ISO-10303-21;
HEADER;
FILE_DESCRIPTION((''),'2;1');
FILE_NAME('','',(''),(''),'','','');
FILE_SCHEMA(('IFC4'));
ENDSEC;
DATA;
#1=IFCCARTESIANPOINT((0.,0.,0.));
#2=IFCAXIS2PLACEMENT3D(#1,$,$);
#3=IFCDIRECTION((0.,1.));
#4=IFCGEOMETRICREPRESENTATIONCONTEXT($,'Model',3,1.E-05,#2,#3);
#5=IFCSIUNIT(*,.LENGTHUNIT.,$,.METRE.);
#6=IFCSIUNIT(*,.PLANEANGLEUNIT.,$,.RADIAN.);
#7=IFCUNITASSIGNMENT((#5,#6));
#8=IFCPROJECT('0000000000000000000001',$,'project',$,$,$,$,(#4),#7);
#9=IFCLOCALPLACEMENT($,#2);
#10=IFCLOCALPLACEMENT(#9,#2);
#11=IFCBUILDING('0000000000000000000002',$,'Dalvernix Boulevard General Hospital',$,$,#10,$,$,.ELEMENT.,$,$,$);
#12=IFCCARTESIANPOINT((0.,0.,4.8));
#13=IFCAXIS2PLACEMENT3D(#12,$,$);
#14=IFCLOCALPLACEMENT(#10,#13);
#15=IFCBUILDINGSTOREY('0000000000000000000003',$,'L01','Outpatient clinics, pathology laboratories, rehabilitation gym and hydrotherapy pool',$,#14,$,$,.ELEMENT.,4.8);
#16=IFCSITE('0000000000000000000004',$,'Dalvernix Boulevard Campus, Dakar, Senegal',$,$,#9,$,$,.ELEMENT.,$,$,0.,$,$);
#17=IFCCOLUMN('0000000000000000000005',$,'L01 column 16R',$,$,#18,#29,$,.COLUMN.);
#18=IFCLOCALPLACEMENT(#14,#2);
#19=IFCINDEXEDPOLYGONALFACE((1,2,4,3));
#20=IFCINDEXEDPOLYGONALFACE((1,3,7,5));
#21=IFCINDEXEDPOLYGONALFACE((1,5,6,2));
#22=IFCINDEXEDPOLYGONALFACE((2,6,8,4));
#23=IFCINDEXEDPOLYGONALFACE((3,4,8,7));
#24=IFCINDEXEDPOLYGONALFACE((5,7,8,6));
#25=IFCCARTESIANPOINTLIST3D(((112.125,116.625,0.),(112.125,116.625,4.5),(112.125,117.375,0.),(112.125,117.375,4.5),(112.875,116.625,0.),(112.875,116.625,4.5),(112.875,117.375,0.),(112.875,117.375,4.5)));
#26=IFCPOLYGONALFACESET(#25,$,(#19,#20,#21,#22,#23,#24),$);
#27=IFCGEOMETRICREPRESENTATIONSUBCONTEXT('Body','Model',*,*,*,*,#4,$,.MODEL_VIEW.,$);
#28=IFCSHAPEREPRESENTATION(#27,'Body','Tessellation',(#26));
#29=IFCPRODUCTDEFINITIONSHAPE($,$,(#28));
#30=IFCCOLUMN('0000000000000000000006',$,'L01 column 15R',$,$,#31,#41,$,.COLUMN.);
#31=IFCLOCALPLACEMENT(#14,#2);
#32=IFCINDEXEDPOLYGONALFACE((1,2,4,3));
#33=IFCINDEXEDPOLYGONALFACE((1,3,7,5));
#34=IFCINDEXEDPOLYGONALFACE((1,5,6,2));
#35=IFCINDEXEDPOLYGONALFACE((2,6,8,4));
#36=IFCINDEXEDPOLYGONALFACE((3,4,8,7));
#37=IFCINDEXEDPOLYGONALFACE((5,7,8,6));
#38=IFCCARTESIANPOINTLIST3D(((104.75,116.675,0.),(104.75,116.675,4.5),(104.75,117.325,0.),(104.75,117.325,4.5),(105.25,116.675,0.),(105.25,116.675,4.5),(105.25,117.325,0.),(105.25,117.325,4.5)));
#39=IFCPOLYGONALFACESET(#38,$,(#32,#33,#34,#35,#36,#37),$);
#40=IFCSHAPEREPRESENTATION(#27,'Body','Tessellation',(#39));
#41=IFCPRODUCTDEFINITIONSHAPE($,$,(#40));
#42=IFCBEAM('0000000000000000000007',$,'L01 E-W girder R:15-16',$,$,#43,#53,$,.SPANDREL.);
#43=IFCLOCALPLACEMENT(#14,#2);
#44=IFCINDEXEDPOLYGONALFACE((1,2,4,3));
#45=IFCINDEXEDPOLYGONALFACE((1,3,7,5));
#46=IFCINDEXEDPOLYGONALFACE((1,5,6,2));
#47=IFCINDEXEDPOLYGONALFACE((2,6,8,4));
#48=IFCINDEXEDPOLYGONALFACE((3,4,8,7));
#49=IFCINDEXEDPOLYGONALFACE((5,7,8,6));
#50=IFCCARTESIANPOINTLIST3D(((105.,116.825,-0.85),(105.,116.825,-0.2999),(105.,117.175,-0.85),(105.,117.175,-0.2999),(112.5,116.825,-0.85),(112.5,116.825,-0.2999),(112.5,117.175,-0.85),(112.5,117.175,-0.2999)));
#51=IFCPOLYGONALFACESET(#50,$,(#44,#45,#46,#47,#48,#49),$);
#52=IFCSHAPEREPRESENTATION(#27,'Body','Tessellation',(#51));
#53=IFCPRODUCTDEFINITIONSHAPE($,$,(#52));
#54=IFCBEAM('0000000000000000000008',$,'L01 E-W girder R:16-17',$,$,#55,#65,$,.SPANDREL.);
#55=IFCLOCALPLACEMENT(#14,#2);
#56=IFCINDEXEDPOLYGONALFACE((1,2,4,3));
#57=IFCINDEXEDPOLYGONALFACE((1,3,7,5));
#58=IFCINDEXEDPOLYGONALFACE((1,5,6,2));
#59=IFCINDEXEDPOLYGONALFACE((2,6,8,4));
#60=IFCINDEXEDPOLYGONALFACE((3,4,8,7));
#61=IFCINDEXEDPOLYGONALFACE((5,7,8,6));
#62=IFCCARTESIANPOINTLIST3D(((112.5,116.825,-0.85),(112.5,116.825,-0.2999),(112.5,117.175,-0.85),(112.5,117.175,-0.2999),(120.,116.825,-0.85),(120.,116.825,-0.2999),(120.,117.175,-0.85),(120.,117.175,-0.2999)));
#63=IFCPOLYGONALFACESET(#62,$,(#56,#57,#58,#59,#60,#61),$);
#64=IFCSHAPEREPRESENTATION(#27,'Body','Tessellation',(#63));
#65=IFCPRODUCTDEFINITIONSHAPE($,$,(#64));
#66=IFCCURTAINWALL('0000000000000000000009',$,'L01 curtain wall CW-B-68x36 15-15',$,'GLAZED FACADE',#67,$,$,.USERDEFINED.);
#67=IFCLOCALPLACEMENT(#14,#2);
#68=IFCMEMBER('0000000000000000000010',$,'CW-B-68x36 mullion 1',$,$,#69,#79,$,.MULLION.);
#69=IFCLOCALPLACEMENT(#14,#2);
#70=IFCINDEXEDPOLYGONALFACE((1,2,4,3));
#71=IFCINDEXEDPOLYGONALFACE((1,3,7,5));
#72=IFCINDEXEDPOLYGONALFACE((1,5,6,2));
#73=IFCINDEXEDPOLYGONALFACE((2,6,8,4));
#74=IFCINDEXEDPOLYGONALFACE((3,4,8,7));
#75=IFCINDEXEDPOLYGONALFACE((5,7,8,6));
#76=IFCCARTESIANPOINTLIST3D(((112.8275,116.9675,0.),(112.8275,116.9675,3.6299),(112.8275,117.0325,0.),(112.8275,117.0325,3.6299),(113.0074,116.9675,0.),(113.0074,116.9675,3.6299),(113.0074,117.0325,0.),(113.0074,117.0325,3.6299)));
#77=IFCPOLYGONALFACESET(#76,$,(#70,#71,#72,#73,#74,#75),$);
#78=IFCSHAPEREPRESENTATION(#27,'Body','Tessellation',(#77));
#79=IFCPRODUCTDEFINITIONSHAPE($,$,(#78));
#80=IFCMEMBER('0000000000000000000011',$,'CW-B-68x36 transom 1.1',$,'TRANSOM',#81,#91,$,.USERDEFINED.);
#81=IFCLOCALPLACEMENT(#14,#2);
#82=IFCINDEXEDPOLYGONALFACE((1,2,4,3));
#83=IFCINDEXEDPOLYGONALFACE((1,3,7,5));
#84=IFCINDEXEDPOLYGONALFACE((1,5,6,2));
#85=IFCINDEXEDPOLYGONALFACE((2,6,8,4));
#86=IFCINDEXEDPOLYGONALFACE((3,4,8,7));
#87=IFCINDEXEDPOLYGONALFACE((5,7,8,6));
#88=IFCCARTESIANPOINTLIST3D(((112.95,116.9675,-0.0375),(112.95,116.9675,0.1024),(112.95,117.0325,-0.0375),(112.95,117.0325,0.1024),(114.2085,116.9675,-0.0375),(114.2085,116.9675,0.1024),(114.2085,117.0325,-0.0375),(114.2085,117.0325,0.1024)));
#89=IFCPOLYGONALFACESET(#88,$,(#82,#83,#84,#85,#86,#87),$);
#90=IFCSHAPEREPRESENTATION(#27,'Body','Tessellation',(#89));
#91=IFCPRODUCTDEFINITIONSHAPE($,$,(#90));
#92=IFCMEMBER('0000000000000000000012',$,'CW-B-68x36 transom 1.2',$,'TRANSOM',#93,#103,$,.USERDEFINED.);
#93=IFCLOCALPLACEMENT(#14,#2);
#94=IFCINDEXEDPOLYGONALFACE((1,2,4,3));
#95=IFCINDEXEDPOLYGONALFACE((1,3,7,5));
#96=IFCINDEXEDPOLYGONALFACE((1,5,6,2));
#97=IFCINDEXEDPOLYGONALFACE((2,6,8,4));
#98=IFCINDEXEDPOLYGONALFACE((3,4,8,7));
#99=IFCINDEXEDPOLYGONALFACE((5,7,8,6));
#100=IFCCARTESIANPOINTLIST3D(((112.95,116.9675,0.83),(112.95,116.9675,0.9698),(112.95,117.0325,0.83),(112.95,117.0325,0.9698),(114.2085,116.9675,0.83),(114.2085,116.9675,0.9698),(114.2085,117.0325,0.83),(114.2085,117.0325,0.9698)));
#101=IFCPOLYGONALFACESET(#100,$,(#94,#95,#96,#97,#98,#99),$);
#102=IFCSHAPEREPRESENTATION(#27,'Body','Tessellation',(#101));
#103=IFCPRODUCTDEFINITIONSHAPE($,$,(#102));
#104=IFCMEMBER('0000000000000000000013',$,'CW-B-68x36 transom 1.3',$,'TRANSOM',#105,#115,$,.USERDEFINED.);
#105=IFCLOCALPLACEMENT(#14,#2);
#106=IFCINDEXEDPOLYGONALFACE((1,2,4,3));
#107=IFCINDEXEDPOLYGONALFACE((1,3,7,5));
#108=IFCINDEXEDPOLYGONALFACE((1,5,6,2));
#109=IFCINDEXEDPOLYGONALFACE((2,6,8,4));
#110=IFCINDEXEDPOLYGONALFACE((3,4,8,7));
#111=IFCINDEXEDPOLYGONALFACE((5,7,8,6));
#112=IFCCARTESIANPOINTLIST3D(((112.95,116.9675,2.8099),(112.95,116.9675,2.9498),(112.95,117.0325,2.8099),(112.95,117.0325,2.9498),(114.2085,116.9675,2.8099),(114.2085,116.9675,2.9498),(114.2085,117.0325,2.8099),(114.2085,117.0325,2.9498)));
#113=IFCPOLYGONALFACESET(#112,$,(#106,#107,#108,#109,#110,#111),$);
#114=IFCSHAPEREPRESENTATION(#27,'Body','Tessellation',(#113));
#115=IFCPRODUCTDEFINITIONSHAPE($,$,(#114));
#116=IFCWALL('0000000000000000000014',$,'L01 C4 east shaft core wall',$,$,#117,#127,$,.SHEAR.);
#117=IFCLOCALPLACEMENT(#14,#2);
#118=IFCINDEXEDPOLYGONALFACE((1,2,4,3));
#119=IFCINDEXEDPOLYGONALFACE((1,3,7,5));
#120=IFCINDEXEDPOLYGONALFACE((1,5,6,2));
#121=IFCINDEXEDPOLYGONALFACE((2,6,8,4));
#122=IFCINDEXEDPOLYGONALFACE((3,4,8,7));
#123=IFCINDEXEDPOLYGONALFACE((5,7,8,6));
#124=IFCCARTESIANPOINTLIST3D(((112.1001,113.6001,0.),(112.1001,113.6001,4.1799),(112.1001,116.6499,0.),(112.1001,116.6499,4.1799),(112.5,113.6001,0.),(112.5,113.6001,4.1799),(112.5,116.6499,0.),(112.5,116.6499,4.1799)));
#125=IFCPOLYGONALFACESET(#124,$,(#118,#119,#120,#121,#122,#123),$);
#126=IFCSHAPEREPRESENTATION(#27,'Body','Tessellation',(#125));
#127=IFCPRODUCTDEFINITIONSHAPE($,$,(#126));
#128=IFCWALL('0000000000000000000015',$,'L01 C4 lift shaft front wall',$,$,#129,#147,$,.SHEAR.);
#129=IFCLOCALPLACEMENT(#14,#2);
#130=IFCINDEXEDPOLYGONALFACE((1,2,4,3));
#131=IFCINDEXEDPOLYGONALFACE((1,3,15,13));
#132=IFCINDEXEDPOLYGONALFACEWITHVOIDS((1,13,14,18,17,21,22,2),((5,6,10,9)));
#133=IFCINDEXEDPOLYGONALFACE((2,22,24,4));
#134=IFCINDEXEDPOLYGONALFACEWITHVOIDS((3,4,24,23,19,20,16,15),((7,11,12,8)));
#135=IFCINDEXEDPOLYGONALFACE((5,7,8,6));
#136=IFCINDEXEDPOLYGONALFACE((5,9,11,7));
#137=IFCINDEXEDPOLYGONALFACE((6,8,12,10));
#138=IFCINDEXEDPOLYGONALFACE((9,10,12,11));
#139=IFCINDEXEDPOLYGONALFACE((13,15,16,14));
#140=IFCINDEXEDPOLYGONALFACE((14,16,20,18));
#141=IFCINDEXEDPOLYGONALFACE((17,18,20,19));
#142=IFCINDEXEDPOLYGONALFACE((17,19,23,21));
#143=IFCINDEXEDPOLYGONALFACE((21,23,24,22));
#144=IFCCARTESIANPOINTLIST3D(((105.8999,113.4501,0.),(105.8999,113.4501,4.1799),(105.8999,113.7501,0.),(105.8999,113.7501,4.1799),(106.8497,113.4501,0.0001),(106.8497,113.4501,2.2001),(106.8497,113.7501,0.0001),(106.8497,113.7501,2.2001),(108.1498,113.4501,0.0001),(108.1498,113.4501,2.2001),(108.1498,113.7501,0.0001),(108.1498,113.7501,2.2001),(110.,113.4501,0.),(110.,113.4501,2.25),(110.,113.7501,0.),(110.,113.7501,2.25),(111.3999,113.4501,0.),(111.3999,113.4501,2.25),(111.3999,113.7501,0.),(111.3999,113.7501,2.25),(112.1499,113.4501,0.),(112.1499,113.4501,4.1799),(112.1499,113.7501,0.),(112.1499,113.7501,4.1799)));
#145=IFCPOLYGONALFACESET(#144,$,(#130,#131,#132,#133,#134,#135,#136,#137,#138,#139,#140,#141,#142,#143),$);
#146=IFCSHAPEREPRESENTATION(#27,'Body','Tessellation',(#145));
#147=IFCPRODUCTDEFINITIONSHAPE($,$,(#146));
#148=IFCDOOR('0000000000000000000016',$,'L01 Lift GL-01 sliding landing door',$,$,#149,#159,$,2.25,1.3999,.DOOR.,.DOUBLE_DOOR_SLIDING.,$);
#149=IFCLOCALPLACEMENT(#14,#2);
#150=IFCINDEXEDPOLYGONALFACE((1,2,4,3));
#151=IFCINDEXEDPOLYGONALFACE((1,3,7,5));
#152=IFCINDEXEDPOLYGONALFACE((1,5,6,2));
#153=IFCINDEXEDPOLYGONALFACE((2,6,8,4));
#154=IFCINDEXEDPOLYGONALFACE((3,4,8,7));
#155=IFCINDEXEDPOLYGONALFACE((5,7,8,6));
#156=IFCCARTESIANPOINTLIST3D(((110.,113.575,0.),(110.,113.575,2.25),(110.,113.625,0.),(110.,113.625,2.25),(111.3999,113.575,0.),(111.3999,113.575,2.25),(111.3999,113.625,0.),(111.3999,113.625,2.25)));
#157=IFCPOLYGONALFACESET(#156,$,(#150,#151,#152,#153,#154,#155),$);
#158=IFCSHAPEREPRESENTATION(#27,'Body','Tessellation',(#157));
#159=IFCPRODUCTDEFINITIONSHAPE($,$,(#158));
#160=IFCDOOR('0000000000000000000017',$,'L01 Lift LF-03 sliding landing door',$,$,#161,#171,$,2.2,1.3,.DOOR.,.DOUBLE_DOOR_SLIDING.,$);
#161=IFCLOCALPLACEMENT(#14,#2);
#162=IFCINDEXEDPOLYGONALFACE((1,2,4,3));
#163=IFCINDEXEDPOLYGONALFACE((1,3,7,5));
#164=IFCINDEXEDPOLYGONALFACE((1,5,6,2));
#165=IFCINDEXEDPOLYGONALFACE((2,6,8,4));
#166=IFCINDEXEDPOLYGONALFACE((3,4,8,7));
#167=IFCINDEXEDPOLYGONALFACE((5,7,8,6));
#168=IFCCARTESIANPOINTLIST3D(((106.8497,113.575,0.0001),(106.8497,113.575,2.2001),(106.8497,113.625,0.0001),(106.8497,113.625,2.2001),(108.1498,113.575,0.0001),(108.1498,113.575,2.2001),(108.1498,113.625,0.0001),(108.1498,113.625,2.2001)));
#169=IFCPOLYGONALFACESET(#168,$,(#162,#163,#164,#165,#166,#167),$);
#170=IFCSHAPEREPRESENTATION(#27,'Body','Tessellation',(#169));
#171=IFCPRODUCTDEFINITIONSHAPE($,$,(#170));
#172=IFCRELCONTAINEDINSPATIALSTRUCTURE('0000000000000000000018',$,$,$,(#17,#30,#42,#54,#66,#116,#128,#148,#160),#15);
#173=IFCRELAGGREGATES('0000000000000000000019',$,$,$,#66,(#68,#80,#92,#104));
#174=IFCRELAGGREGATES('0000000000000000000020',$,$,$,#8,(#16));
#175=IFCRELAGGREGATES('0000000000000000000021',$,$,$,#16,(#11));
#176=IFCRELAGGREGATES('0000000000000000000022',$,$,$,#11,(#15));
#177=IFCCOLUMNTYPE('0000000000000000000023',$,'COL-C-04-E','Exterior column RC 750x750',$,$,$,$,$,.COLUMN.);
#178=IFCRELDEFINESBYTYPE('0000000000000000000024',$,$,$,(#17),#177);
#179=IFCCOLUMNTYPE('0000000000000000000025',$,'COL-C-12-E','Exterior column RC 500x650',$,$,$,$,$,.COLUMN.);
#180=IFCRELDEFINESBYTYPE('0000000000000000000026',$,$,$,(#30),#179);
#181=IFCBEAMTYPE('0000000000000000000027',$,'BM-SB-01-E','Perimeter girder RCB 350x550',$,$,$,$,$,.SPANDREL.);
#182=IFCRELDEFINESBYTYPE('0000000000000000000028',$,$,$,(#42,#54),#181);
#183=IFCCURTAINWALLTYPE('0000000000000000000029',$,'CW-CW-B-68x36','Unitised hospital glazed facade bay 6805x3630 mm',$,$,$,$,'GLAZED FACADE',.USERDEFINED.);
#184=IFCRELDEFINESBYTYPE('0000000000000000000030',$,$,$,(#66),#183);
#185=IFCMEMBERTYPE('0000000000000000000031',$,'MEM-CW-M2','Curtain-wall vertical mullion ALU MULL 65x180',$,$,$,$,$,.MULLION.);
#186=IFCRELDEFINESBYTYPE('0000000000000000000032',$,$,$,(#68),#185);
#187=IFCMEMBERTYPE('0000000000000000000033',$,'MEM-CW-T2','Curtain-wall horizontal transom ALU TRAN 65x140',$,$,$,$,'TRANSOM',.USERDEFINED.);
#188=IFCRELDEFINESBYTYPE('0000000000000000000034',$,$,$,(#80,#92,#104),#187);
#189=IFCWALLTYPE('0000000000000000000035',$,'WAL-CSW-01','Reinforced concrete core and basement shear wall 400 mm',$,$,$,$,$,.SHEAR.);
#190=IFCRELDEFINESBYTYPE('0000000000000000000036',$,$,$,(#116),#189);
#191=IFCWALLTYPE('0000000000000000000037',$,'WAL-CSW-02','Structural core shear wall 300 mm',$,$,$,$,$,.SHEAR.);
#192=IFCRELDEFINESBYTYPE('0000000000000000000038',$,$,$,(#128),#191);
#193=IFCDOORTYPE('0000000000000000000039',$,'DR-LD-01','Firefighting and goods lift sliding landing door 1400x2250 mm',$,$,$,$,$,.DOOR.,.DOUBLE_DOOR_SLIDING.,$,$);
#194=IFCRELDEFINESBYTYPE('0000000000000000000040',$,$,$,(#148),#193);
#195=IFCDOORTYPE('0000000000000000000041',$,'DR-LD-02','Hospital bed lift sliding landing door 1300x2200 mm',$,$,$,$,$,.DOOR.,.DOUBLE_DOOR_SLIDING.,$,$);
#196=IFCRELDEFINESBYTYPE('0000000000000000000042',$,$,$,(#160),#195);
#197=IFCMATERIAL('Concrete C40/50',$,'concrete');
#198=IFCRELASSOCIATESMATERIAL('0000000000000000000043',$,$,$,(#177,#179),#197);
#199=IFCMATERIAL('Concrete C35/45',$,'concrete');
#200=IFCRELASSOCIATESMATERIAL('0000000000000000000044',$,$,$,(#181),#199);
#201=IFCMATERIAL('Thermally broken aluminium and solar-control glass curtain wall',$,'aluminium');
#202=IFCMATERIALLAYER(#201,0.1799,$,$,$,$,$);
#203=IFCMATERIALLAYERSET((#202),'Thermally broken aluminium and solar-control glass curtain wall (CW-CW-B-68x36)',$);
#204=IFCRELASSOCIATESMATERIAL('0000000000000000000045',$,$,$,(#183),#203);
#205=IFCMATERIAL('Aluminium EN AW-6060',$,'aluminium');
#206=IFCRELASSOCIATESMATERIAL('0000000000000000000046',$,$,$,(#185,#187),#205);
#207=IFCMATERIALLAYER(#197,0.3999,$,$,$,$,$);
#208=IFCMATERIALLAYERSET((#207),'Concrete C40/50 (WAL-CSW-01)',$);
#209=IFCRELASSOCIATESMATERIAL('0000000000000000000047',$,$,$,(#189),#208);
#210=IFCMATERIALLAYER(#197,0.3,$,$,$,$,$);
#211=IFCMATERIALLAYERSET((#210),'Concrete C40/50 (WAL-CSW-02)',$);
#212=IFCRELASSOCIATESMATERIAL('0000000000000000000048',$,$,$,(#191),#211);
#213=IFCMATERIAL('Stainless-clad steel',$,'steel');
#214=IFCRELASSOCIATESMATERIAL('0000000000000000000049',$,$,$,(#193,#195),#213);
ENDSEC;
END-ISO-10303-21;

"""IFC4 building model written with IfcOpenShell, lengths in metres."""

from ifc_helpers import new_model, si_unit, direction, frame, frame_2d, origin, origin_2d, place, context, subcontext, project, spatial, rectangle, extrude, material, layer, layer_set, material_profile, profile_set, type_object, element, fill, aggregate, save


model = new_model("IFC4")

# Units and contexts
model_context = context("Model", 3, precision=1e-05, world=origin(), true_north=direction((0.0, 1.0)))
body_context = subcontext(model_context, "Body", "Model", "MODEL_VIEW")
ifc_project = project(units=[si_unit("LENGTHUNIT", "METRE"), si_unit("PLANEANGLEUNIT", "RADIAN")], contexts=[model_context])

# Site, building, storey
site_placement = place(None, origin())
site = spatial("IfcSite", under=ifc_project, at=site_placement, Name="Dalvernix Boulevard Campus, Dakar, Senegal", CompositionType="ELEMENT", RefElevation=0.0)
building_placement = place(site_placement, origin())
building = spatial("IfcBuilding", under=site, at=building_placement, Name="Dalvernix Boulevard General Hospital", CompositionType="ELEMENT")
storey_placement = place(building_placement, frame((0.0, 0.0, 4.8)))
storey = spatial("IfcBuildingStorey", under=building, at=storey_placement, Name="L01", Description="Outpatient clinics, pathology laboratories, rehabilitation gym and hydrotherapy pool", CompositionType="ELEMENT", Elevation=4.8)

# Columns
ifc_material_1 = material(Name="Concrete C40/50", Category="concrete")
ifc_material_profile_1 = material_profile(ifc_material_1, rectangle(XDim=0.75, YDim=0.75, at=origin_2d()), Name="RC 750x750")
ifc_profile_set_1 = profile_set([ifc_material_profile_1], Name="Concrete C40/50")
column_type_1 = type_object("IfcColumnType", Name="COL-C-04-E", Description="Exterior column RC 750x750", PredefinedType="COLUMN", material=ifc_profile_set_1)
column_1_placement = place(storey_placement, frame((112.5, 117.0, 0.0), z_axis=(0.0, 0.0, 1.0), x_axis=(1.0, 0.0, 0.0)))
element("IfcColumn", 1, at=column_1_placement, inside=storey, type_object=column_type_1, Name="L01 column 16R", PredefinedType="COLUMN", context=body_context, shape_type="SweptSolid", body=[
    extrude(rectangle(XDim=0.75, YDim=0.75, at=origin_2d()), origin(), (0.0, 0.0, 1.0), 4.5),
])
ifc_material_profile_2 = material_profile(ifc_material_1, rectangle(XDim=0.5, YDim=0.6499, at=origin_2d()), Name="RC 500x650")
ifc_profile_set_2 = profile_set([ifc_material_profile_2], Name="Concrete C40/50")
column_type_2 = type_object("IfcColumnType", Name="COL-C-12-E", Description="Exterior column RC 500x650", PredefinedType="COLUMN", material=ifc_profile_set_2)
column_2_placement = place(storey_placement, frame((105.0, 117.0, 0.0), z_axis=(0.0, 0.0, 1.0), x_axis=(1.0, 0.0, 0.0)))
element("IfcColumn", 2, at=column_2_placement, inside=storey, type_object=column_type_2, Name="L01 column 15R", PredefinedType="COLUMN", context=body_context, shape_type="SweptSolid", body=[
    extrude(rectangle(XDim=0.5, YDim=0.6499, at=origin_2d()), origin(), (0.0, 0.0, 1.0), 4.5),
])

# Beams
ifc_material_2 = material(Name="Concrete C35/45", Category="concrete")
ifc_material_profile_3 = material_profile(ifc_material_2, rectangle(XDim=0.3501, YDim=0.55, at=origin_2d()), Name="RCB 350x550")
ifc_profile_set_3 = profile_set([ifc_material_profile_3], Name="Concrete C35/45")
beam_type = type_object("IfcBeamType", Name="BM-SB-01-E", Description="Perimeter girder RCB 350x550", PredefinedType="SPANDREL", material=ifc_profile_set_3)
for number, where, z_axis, x_axis, name in (
    (3, (105.0, 117.0, -0.575), (1.0, 0.0, 0.0), (0.0, 1.0, 0.0), "L01 E-W girder R:15-16"),
    (4, (112.5, 117.0, -0.575), (1.0, 0.0, 0.0), (0.0, 1.0, 0.0), "L01 E-W girder R:16-17"),
):
    element("IfcBeam", number, at=place(storey_placement, frame(where, z_axis=z_axis, x_axis=x_axis)), inside=storey, type_object=beam_type, Name=name, PredefinedType="SPANDREL", context=body_context, shape_type="SweptSolid", body=[
        extrude(rectangle(XDim=0.3501, YDim=0.55, at=origin_2d()), origin(), (0.0, 0.0, 1.0), 7.5),
    ])

# Curtain wall, members
ifc_material_3 = material(Name="Thermally broken aluminium and solar-control glass curtain wall", Category="aluminium")
ifc_layer_1 = layer(ifc_material_3, 0.1799)
ifc_layer_set_1 = layer_set([ifc_layer_1], Name="Thermally broken aluminium and solar-control glass curtain wall (CW-CW-B-68x36)")
curtain_wall_type = type_object("IfcCurtainWallType", Name="CW-CW-B-68x36", Description="Unitised hospital glazed facade bay 6805x3630 mm", ElementType="GLAZED FACADE", PredefinedType="USERDEFINED", material=ifc_layer_set_1)
curtain_wall_placement = place(storey_placement, origin())
curtain_wall = element("IfcCurtainWall", 5, at=curtain_wall_placement, inside=storey, type_object=curtain_wall_type, Name="L01 curtain wall CW-B-68x36 15-15", ObjectType="GLAZED FACADE", PredefinedType="USERDEFINED")
ifc_material_4 = material(Name="Aluminium EN AW-6060", Category="aluminium")
ifc_material_profile_4 = material_profile(ifc_material_4, rectangle(XDim=0.0649, YDim=0.1799, at=origin_2d()), Name="ALU MULL 65x180")
ifc_profile_set_4 = profile_set([ifc_material_profile_4], Name="Aluminium EN AW-6060")
member_type_1 = type_object("IfcMemberType", Name="MEM-CW-M2", Description="Curtain-wall vertical mullion ALU MULL 65x180", PredefinedType="MULLION", material=ifc_profile_set_4)
member_1_placement = place(storey_placement, frame((112.9175, 117.0, 0.0), z_axis=(0.0, 0.0, 1.0), x_axis=(0.0, 1.0, 0.0)))
member_1 = element("IfcMember", 6, at=member_1_placement, type_object=member_type_1, Name="CW-B-68x36 mullion 1", PredefinedType="MULLION", context=body_context, shape_type="SweptSolid", body=[
    extrude(rectangle(XDim=0.0649, YDim=0.1799, at=origin_2d()), origin(), (0.0, 0.0, 1.0), 3.6299),
])
ifc_material_profile_5 = material_profile(ifc_material_4, rectangle(XDim=0.0649, YDim=0.1399, at=origin_2d()), Name="ALU TRAN 65x140")
ifc_profile_set_5 = profile_set([ifc_material_profile_5], Name="Aluminium EN AW-6060")
member_type_2 = type_object("IfcMemberType", Name="MEM-CW-T2", Description="Curtain-wall horizontal transom ALU TRAN 65x140", ElementType="TRANSOM", PredefinedType="USERDEFINED", material=ifc_profile_set_5)
member_2_placement = place(storey_placement, frame((112.95, 117.0, 0.0325), z_axis=(1.0, 0.0, 0.0), x_axis=(0.0, 1.0, 0.0)))
member_2 = element("IfcMember", 7, at=member_2_placement, type_object=member_type_2, Name="CW-B-68x36 transom 1.1", ObjectType="TRANSOM", PredefinedType="USERDEFINED", context=body_context, shape_type="SweptSolid", body=[
    extrude(rectangle(XDim=0.0649, YDim=0.1399, at=origin_2d()), origin(), (0.0, 0.0, 1.0), 1.2585),
])
member_3_placement = place(storey_placement, frame((112.95, 117.0, 0.8999), z_axis=(1.0, 0.0, 0.0), x_axis=(0.0, 1.0, 0.0)))
member_3 = element("IfcMember", 8, at=member_3_placement, type_object=member_type_2, Name="CW-B-68x36 transom 1.2", ObjectType="TRANSOM", PredefinedType="USERDEFINED", context=body_context, shape_type="SweptSolid", body=[
    extrude(rectangle(XDim=0.0649, YDim=0.1399, at=origin_2d()), origin(), (0.0, 0.0, 1.0), 1.2585),
])
member_4_placement = place(storey_placement, frame((112.95, 117.0, 2.8799), z_axis=(1.0, 0.0, 0.0), x_axis=(0.0, 1.0, 0.0)))
member_4 = element("IfcMember", 9, at=member_4_placement, type_object=member_type_2, Name="CW-B-68x36 transom 1.3", ObjectType="TRANSOM", PredefinedType="USERDEFINED", context=body_context, shape_type="SweptSolid", body=[
    extrude(rectangle(XDim=0.0649, YDim=0.1399, at=origin_2d()), origin(), (0.0, 0.0, 1.0), 1.2585),
])
aggregate(curtain_wall, [member_1, member_2, member_3, member_4])

# Wall
ifc_layer_2 = layer(ifc_material_1, 0.3999)
ifc_layer_set_2 = layer_set([ifc_layer_2], Name="Concrete C40/50 (WAL-CSW-01)")
wall_type_1 = type_object("IfcWallType", Name="WAL-CSW-01", Description="Reinforced concrete core and basement shear wall 400 mm", PredefinedType="SHEAR", material=ifc_layer_set_2)
wall_1_placement = place(storey_placement, frame((112.3, 113.6001, 0.0), z_axis=(0.0, 0.0, 1.0), x_axis=(0.0, 1.0, 0.0)))
element("IfcWall", 10, at=wall_1_placement, inside=storey, type_object=wall_type_1, Name="L01 C4 east shaft core wall", PredefinedType="SHEAR", context=body_context, shape_type="SweptSolid", body=[
    extrude(rectangle(XDim=3.0498, YDim=0.3999, at=frame_2d((1.5249, 0.0))), origin(), (0.0, 0.0, 1.0), 4.1799),
])

# Wall, openings, doors
ifc_layer_3 = layer(ifc_material_1, 0.3)
ifc_layer_set_3 = layer_set([ifc_layer_3], Name="Concrete C40/50 (WAL-CSW-02)")
wall_type_2 = type_object("IfcWallType", Name="WAL-CSW-02", Description="Structural core shear wall 300 mm", PredefinedType="SHEAR", material=ifc_layer_set_3)
wall_2_placement = place(storey_placement, frame((105.8999, 113.6001, 0.0), z_axis=(0.0, 0.0, 1.0), x_axis=(1.0, 0.0, 0.0)))
wall_2 = element("IfcWall", 11, at=wall_2_placement, inside=storey, type_object=wall_type_2, Name="L01 C4 lift shaft front wall", PredefinedType="SHEAR", context=body_context, shape_type="SweptSolid", body=[
    extrude(rectangle(XDim=6.25, YDim=0.3, at=frame_2d((3.125, 0.0))), origin(), (0.0, 0.0, 1.0), 4.1799),
])
opening_1_placement = place(wall_2_placement, frame((0.95, 0.0, 0.0)))
opening_1 = element("IfcOpeningElement", 12, at=opening_1_placement, cuts=wall_2, PredefinedType="OPENING", context=body_context, shape_type="SweptSolid", body=[
    extrude(rectangle(XDim=1.3, YDim=2.2, at=frame_2d((0.6499, 1.1001))), frame((0.0, 0.1599, 0.0), z_axis=(0.0, -1.0, 0.0), x_axis=(1.0, 0.0, 0.0)), (0.0, 0.0, 1.0), 0.3201),
])
opening_2_placement = place(wall_2_placement, frame((4.1001, 0.0, 0.0)))
opening_2 = element("IfcOpeningElement", 13, at=opening_2_placement, cuts=wall_2, PredefinedType="OPENING", context=body_context, shape_type="SweptSolid", body=[
    extrude(rectangle(XDim=1.3999, YDim=2.25, at=frame_2d((0.7, 1.125))), frame((0.0, 0.1599, 0.0), z_axis=(0.0, -1.0, 0.0), x_axis=(1.0, 0.0, 0.0)), (0.0, 0.0, 1.0), 0.3201),
])
ifc_material_5 = material(Name="Stainless-clad steel", Category="steel")
door_type_1 = type_object("IfcDoorType", Name="DR-LD-01", Description="Firefighting and goods lift sliding landing door 1400x2250 mm", OperationType="DOUBLE_DOOR_SLIDING", PredefinedType="DOOR", material=ifc_material_5)
door_1_placement = place(opening_2_placement, origin())
door_1 = element("IfcDoor", 14, at=door_1_placement, inside=storey, type_object=door_type_1, Name="L01 Lift GL-01 sliding landing door", OperationType="DOUBLE_DOOR_SLIDING", OverallHeight=2.25, OverallWidth=1.3999, PredefinedType="DOOR", context=body_context, shape_type="SweptSolid", body=[
    extrude(rectangle(XDim=1.3999, YDim=2.25, at=frame_2d((0.7, 1.125))), frame((0.0, 0.0249, 0.0), z_axis=(0.0, -1.0, 0.0), x_axis=(1.0, 0.0, 0.0)), (0.0, 0.0, 1.0), 0.05),
])
fill(opening_2, door_1)
door_type_2 = type_object("IfcDoorType", Name="DR-LD-02", Description="Hospital bed lift sliding landing door 1300x2200 mm", OperationType="DOUBLE_DOOR_SLIDING", PredefinedType="DOOR", material=ifc_material_5)
door_2_placement = place(opening_1_placement, origin())
door_2 = element("IfcDoor", 15, at=door_2_placement, inside=storey, type_object=door_type_2, Name="L01 Lift LF-03 sliding landing door", OperationType="DOUBLE_DOOR_SLIDING", OverallHeight=2.2, OverallWidth=1.3, PredefinedType="DOOR", context=body_context, shape_type="SweptSolid", body=[
    extrude(rectangle(XDim=1.3, YDim=2.2, at=frame_2d((0.6499, 1.1001))), frame((0.0, 0.0249, 0.0), z_axis=(0.0, -1.0, 0.0), x_axis=(1.0, 0.0, 0.0)), (0.0, 0.0, 1.0), 0.05),
])
fill(opening_1, door_2)

save(model, "model.ifc")
